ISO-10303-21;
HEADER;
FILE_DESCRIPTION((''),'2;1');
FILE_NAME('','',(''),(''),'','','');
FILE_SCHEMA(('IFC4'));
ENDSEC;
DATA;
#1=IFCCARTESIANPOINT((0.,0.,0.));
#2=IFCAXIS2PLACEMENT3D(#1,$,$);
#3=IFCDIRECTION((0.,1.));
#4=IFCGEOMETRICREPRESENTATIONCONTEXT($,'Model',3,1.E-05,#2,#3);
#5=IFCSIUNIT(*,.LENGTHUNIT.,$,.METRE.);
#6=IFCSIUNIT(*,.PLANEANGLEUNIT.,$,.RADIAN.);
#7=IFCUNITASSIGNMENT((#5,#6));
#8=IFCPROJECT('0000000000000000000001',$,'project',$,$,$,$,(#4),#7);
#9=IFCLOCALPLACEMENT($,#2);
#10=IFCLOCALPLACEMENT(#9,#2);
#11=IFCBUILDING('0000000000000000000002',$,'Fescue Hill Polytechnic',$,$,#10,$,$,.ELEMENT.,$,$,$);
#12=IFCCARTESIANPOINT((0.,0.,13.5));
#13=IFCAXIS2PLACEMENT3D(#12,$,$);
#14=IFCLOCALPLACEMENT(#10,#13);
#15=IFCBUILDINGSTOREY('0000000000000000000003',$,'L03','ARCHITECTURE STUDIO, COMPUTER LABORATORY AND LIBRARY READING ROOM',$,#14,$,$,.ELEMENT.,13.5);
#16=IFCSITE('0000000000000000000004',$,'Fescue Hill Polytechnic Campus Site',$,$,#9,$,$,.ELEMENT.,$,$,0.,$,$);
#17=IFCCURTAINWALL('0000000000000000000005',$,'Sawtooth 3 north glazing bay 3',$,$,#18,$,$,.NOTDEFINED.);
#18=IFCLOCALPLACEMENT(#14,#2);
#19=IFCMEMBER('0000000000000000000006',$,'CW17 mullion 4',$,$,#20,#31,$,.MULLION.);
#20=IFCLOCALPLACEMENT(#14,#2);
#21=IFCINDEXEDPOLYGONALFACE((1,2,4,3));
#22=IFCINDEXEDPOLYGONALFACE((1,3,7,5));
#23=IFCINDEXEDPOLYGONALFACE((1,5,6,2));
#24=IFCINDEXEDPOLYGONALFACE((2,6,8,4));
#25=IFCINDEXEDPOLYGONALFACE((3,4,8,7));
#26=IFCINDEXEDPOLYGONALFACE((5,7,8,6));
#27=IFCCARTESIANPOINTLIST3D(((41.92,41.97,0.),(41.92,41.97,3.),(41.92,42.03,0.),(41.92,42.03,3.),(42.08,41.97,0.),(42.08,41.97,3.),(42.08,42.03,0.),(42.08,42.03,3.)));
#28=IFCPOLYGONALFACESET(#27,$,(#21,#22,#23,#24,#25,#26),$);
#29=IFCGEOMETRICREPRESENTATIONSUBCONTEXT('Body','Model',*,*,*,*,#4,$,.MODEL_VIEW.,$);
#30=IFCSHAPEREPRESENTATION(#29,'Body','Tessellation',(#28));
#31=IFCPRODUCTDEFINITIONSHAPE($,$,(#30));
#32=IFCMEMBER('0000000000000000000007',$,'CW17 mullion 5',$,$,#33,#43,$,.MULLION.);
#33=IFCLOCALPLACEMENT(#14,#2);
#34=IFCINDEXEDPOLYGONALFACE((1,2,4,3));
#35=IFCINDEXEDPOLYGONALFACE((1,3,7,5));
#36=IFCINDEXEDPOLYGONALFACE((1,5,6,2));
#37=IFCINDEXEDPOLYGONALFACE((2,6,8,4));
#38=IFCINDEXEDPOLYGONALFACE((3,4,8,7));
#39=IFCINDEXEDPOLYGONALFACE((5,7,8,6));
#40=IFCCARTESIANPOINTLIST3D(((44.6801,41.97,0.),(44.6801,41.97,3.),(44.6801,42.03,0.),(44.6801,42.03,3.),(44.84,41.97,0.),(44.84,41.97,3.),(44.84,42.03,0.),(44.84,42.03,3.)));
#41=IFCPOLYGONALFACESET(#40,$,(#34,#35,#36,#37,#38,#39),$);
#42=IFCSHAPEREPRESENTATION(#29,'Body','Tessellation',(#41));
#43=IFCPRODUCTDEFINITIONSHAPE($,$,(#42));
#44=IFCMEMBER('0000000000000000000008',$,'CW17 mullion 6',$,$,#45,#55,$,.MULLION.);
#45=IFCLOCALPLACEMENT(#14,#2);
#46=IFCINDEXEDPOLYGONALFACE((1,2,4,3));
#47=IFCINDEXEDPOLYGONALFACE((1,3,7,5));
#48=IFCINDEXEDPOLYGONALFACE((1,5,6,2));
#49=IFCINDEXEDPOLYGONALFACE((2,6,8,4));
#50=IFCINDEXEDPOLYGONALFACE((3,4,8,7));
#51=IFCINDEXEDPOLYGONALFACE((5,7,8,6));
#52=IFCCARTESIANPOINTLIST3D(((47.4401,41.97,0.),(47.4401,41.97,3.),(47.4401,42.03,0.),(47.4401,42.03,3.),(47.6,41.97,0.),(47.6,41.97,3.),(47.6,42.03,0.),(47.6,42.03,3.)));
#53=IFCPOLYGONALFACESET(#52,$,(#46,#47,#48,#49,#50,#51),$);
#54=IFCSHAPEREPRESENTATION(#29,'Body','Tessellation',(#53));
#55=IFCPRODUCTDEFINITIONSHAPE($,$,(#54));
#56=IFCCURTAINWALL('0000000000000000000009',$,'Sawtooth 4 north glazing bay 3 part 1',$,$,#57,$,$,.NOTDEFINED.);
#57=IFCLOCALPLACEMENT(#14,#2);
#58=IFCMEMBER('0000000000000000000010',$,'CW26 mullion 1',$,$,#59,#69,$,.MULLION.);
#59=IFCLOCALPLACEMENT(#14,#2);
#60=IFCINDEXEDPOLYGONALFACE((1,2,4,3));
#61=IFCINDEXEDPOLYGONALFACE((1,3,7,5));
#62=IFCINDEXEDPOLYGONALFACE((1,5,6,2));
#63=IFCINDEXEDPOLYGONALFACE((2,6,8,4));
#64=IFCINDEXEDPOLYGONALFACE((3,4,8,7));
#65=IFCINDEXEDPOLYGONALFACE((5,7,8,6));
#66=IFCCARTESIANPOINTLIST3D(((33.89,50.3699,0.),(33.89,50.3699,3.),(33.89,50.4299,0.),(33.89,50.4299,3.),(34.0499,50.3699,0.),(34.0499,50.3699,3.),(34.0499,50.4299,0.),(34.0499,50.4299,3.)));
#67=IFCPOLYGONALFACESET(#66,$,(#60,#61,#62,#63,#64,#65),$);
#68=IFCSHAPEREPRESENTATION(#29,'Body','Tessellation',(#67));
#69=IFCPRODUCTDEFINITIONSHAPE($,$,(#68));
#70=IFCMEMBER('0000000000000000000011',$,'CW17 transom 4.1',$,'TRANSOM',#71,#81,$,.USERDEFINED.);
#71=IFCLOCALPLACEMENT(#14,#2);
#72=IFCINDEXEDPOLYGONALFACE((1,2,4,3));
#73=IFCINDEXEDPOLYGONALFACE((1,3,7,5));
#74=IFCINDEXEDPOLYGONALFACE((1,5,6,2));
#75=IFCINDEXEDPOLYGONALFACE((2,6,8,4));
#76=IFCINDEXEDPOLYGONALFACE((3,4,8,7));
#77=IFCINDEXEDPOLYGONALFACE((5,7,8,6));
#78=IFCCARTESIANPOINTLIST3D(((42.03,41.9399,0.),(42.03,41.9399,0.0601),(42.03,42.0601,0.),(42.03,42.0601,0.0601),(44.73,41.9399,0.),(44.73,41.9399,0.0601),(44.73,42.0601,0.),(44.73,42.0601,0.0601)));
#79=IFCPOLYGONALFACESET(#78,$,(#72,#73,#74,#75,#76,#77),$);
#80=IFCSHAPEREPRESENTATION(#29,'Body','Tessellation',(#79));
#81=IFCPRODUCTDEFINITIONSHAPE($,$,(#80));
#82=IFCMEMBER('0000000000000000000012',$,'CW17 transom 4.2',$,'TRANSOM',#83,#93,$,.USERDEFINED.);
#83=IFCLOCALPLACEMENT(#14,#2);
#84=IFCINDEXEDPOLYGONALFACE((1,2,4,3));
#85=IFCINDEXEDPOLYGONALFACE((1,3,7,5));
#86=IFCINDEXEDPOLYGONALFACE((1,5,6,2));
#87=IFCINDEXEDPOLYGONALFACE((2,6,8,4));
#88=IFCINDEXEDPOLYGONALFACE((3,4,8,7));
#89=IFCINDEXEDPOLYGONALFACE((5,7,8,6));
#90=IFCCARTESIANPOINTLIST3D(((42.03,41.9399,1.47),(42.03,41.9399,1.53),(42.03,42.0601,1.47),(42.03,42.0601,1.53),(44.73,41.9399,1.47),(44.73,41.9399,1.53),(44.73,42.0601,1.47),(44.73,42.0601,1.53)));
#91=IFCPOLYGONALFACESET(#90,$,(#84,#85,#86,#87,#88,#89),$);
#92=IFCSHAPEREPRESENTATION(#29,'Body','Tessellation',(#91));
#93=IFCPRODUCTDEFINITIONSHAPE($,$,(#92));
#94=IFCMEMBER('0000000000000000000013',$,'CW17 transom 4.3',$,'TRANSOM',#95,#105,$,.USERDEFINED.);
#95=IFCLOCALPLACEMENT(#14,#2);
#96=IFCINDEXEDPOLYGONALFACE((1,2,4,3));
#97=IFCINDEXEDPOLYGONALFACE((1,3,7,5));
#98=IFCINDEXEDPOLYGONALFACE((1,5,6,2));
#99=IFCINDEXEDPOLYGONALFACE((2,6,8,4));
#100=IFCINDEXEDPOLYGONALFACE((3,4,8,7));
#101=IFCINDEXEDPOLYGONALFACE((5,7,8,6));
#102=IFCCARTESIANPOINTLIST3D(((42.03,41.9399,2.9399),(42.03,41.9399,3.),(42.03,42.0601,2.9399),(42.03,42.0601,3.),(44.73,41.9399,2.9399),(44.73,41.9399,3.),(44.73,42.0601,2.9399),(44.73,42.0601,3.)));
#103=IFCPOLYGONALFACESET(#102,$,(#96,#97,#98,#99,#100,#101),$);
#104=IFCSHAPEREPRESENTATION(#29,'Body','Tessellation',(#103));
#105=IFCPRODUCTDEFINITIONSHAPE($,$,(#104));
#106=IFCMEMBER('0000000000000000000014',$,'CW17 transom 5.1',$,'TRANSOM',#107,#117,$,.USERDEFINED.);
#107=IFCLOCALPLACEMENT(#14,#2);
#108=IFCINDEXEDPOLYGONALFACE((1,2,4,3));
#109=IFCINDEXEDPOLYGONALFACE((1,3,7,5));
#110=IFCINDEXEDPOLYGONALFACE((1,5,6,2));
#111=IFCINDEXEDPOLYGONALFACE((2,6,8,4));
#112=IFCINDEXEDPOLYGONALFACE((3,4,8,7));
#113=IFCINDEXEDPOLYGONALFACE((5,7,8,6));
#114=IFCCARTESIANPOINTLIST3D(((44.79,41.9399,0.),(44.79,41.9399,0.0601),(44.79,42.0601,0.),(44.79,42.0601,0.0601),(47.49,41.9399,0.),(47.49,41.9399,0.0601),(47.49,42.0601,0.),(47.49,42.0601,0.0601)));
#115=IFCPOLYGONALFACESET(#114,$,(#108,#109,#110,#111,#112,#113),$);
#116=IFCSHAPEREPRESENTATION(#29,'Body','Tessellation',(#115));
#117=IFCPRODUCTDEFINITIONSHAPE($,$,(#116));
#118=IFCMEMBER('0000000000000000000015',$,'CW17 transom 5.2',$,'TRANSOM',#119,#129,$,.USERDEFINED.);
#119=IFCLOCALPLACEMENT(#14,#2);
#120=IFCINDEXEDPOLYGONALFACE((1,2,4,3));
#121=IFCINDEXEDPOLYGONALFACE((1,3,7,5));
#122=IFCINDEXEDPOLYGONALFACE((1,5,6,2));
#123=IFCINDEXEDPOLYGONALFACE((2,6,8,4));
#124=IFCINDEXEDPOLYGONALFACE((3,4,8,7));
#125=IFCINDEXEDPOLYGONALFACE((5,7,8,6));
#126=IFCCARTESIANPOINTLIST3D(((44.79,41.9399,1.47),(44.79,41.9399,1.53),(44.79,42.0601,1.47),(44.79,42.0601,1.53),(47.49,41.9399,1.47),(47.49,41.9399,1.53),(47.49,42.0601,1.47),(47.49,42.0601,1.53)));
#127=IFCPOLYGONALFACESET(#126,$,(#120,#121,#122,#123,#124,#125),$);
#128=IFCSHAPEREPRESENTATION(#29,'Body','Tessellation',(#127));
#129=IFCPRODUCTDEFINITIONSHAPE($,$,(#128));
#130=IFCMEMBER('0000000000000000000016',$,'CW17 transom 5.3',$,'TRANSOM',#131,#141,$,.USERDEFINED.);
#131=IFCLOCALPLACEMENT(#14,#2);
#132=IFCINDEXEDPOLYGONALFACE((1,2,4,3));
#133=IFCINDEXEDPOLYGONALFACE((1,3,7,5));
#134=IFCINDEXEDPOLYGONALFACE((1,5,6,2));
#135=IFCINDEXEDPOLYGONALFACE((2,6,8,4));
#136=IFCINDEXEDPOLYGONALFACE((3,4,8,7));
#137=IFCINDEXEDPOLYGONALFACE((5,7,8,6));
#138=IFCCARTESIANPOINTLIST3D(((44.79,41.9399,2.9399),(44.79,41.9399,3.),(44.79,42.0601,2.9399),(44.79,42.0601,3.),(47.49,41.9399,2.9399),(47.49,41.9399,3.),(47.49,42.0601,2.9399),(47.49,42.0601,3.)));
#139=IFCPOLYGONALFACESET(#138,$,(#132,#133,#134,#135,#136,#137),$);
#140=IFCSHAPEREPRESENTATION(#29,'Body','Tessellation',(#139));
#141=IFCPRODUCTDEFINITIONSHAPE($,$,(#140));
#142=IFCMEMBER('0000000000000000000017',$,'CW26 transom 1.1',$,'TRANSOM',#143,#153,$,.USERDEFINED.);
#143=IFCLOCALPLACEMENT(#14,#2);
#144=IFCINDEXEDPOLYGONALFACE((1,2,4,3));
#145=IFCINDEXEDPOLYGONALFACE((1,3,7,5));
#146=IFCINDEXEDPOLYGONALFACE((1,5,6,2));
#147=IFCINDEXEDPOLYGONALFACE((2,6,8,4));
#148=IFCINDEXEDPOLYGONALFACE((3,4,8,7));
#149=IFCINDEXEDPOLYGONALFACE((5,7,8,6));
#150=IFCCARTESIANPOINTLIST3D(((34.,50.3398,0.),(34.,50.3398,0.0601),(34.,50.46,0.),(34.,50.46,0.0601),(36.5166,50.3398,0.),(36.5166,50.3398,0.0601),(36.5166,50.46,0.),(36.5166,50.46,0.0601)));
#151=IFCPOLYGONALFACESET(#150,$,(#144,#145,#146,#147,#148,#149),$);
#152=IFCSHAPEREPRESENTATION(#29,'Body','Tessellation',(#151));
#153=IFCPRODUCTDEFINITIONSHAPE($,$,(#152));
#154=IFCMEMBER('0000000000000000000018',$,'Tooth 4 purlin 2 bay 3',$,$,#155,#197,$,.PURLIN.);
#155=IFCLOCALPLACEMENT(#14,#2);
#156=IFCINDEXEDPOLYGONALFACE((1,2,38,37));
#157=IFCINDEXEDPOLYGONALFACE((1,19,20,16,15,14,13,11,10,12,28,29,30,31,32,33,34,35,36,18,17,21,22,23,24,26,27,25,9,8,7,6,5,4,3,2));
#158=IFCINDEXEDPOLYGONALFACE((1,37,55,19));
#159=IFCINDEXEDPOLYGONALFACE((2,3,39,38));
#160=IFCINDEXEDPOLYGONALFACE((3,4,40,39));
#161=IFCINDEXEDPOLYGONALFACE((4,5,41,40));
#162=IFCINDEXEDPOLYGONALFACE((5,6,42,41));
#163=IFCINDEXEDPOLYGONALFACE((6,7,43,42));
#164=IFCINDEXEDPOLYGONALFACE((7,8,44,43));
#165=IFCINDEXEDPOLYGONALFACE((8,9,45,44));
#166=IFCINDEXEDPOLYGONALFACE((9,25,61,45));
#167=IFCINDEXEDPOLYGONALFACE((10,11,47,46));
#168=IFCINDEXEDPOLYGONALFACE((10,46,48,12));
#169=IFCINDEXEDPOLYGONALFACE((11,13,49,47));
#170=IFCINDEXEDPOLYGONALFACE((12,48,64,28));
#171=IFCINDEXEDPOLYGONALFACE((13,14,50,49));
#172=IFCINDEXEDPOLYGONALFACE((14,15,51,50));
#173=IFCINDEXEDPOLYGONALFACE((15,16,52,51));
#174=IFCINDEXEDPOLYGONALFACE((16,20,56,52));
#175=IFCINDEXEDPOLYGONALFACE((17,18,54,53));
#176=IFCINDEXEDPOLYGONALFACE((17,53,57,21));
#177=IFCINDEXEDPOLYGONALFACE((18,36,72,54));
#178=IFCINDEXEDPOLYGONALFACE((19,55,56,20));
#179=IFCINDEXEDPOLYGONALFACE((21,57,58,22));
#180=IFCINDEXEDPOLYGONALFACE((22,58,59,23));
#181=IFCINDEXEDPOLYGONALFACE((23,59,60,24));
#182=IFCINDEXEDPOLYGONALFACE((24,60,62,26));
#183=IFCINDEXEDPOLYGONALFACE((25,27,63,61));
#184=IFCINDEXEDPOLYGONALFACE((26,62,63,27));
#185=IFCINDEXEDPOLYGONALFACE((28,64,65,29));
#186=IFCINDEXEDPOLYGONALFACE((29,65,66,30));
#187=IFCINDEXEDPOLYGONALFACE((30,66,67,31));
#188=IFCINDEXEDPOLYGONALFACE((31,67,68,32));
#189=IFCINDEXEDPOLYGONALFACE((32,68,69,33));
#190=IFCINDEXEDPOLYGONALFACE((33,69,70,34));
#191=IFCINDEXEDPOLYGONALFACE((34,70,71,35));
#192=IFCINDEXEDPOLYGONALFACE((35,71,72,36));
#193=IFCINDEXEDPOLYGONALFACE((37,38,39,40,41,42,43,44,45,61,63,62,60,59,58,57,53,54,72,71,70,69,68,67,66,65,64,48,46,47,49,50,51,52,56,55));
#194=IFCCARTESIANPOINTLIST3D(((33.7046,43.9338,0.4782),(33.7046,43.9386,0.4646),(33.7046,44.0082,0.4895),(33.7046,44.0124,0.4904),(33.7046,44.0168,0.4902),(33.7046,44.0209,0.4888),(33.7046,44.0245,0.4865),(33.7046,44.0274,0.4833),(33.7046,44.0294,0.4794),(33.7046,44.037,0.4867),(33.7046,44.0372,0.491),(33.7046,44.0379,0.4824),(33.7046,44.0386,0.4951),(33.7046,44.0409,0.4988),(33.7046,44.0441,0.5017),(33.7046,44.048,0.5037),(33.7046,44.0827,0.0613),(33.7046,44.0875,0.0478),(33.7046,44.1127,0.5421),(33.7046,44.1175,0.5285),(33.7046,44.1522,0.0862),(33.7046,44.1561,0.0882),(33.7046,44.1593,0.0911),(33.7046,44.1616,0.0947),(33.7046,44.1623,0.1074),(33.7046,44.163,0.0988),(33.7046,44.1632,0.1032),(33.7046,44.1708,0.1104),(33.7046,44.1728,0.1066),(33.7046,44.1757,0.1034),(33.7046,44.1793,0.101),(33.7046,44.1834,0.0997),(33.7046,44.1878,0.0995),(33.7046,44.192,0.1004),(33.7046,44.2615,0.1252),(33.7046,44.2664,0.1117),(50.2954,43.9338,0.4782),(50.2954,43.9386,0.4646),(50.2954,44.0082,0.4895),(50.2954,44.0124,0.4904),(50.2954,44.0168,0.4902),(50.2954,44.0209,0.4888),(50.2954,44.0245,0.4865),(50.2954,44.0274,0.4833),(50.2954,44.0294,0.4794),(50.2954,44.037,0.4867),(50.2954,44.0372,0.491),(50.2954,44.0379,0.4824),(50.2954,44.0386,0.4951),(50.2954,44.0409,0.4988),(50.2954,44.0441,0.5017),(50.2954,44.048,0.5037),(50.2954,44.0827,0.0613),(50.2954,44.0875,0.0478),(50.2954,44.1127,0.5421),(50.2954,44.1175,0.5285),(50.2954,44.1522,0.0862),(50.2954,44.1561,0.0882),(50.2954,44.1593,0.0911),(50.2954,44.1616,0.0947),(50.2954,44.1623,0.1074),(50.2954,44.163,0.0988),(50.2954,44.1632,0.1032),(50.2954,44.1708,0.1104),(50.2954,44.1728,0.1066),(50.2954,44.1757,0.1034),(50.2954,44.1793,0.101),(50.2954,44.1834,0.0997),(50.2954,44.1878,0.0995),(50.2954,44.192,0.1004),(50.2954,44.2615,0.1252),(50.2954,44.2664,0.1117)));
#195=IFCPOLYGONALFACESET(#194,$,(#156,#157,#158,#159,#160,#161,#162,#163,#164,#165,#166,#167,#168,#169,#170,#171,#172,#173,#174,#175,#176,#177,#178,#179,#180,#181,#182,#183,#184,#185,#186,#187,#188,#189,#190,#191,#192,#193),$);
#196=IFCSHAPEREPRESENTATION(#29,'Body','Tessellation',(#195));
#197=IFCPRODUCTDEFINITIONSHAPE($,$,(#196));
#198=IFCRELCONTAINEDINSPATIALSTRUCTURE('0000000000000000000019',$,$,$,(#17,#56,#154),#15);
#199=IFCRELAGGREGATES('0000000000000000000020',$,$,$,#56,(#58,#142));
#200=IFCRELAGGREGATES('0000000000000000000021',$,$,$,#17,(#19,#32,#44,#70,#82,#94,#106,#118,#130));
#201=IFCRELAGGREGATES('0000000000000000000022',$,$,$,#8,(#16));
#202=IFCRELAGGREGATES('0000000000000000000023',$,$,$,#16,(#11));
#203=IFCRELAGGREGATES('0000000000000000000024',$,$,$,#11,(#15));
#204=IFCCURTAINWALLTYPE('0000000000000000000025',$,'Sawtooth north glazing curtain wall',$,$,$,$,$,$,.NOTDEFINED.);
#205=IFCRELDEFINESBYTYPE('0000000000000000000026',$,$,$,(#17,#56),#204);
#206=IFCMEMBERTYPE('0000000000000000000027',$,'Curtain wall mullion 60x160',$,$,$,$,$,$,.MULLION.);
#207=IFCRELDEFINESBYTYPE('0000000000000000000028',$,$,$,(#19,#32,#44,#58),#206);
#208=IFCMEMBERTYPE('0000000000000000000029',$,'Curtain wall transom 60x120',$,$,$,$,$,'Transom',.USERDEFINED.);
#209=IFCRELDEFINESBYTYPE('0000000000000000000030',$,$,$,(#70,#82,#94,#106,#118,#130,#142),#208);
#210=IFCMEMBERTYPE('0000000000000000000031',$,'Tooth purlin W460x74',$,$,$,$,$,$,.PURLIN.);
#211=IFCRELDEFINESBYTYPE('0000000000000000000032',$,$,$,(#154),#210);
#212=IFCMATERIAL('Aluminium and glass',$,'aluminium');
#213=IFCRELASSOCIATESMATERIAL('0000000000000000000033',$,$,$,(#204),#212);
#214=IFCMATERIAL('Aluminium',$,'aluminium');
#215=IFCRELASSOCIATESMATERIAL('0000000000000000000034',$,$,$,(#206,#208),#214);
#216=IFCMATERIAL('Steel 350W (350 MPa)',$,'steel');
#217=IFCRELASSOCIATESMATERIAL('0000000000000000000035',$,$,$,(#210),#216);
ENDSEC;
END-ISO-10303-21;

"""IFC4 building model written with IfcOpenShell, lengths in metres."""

from ifc_helpers import new_model, si_unit, direction, frame, origin, origin_2d, place, context, subcontext, project, spatial, rectangle, i_section, extrude, material, material_profile, profile_set, type_object, element, aggregate, save


model = new_model("IFC4")

# Units and contexts
model_context = context("Model", 3, precision=1e-05, world=origin(), true_north=direction((0.0, 1.0)))
body_context = subcontext(model_context, "Body", "Model", "MODEL_VIEW")
ifc_project = project(units=[si_unit("LENGTHUNIT", "METRE"), si_unit("PLANEANGLEUNIT", "RADIAN")], contexts=[model_context])

# Site, building, storey
site_placement = place(None, origin())
site = spatial("IfcSite", under=ifc_project, at=site_placement, Name="Fescue Hill Polytechnic Campus Site", CompositionType="ELEMENT", RefElevation=0.0)
building_placement = place(site_placement, origin())
building = spatial("IfcBuilding", under=site, at=building_placement, Name="Fescue Hill Polytechnic", CompositionType="ELEMENT")
storey_placement = place(building_placement, frame((0.0, 0.0, 13.5)))
storey = spatial("IfcBuildingStorey", under=building, at=storey_placement, Name="L03", Description="ARCHITECTURE STUDIO, COMPUTER LABORATORY AND LIBRARY READING ROOM", CompositionType="ELEMENT", Elevation=13.5)

# Curtain wall, members
ifc_material_1 = material(Name="Aluminium and glass", Category="aluminium")
curtain_wall_type = type_object("IfcCurtainWallType", Name="Sawtooth north glazing curtain wall", PredefinedType="NOTDEFINED", material=ifc_material_1)
curtain_wall_1_placement = place(storey_placement, origin())
curtain_wall_1 = element("IfcCurtainWall", 1, at=curtain_wall_1_placement, inside=storey, type_object=curtain_wall_type, Name="Sawtooth 3 north glazing bay 3", PredefinedType="NOTDEFINED")
ifc_material_2 = material(Name="Aluminium", Category="aluminium")
ifc_material_profile_1 = material_profile(ifc_material_2, rectangle(XDim=0.0601, YDim=0.1599, at=origin_2d()), Name="Curtain wall mullion 60x160")
ifc_profile_set_1 = profile_set([ifc_material_profile_1], Name="Aluminium")
member_type_1 = type_object("IfcMemberType", Name="Curtain wall mullion 60x160", PredefinedType="MULLION", material=ifc_profile_set_1)
member_1_placement = place(storey_placement, frame((42.0, 42.0, 0.0), z_axis=(0.0, 0.0, 1.0), x_axis=(0.0, 1.0, 0.0)))
member_1 = element("IfcMember", 2, at=member_1_placement, type_object=member_type_1, Name="CW17 mullion 4", PredefinedType="MULLION", context=body_context, shape_type="SweptSolid", body=[
    extrude(rectangle(XDim=0.0601, YDim=0.1599, at=origin_2d()), origin(), (0.0, 0.0, 1.0), 3.0),
])
member_2_placement = place(storey_placement, frame((44.76, 42.0, 0.0), z_axis=(0.0, 0.0, 1.0), x_axis=(0.0, 1.0, 0.0)))
member_2 = element("IfcMember", 3, at=member_2_placement, type_object=member_type_1, Name="CW17 mullion 5", PredefinedType="MULLION", context=body_context, shape_type="SweptSolid", body=[
    extrude(rectangle(XDim=0.0601, YDim=0.1599, at=origin_2d()), origin(), (0.0, 0.0, 1.0), 3.0),
])
member_3_placement = place(storey_placement, frame((47.52, 42.0, 0.0), z_axis=(0.0, 0.0, 1.0), x_axis=(0.0, 1.0, 0.0)))
member_3 = element("IfcMember", 4, at=member_3_placement, type_object=member_type_1, Name="CW17 mullion 6", PredefinedType="MULLION", context=body_context, shape_type="SweptSolid", body=[
    extrude(rectangle(XDim=0.0601, YDim=0.1599, at=origin_2d()), origin(), (0.0, 0.0, 1.0), 3.0),
])

# Curtain wall, member
curtain_wall_2_placement = place(storey_placement, origin())
curtain_wall_2 = element("IfcCurtainWall", 5, at=curtain_wall_2_placement, inside=storey, type_object=curtain_wall_type, Name="Sawtooth 4 north glazing bay 3 part 1", PredefinedType="NOTDEFINED")
member_4_placement = place(storey_placement, frame((33.97, 50.3999, 0.0), z_axis=(0.0, 0.0, 1.0), x_axis=(0.0, 1.0, 0.0)))
member_4 = element("IfcMember", 6, at=member_4_placement, type_object=member_type_1, Name="CW26 mullion 1", PredefinedType="MULLION", context=body_context, shape_type="SweptSolid", body=[
    extrude(rectangle(XDim=0.0601, YDim=0.1599, at=origin_2d()), origin(), (0.0, 0.0, 1.0), 3.0),
])

# Members
ifc_material_profile_2 = material_profile(ifc_material_2, rectangle(XDim=0.1201, YDim=0.0601, at=origin_2d()), Name="Curtain wall transom 60x120")
ifc_profile_set_2 = profile_set([ifc_material_profile_2], Name="Aluminium")
member_type_2 = type_object("IfcMemberType", Name="Curtain wall transom 60x120", ElementType="Transom", PredefinedType="USERDEFINED", material=ifc_profile_set_2)
member_5_placement = place(storey_placement, frame((42.03, 42.0, 0.03), z_axis=(1.0, 0.0, 0.0), x_axis=(0.0, 1.0, 0.0)))
member_5 = element("IfcMember", 7, at=member_5_placement, type_object=member_type_2, Name="CW17 transom 4.1", ObjectType="TRANSOM", PredefinedType="USERDEFINED", context=body_context, shape_type="SweptSolid", body=[
    extrude(rectangle(XDim=0.1201, YDim=0.0601, at=origin_2d()), origin(), (0.0, 0.0, 1.0), 2.7),
])
member_6_placement = place(storey_placement, frame((42.03, 42.0, 1.5), z_axis=(1.0, 0.0, 0.0), x_axis=(0.0, 1.0, 0.0)))
member_6 = element("IfcMember", 8, at=member_6_placement, type_object=member_type_2, Name="CW17 transom 4.2", ObjectType="TRANSOM", PredefinedType="USERDEFINED", context=body_context, shape_type="SweptSolid", body=[
    extrude(rectangle(XDim=0.1201, YDim=0.0601, at=origin_2d()), origin(), (0.0, 0.0, 1.0), 2.7),
])
member_7_placement = place(storey_placement, frame((42.03, 42.0, 2.97), z_axis=(1.0, 0.0, 0.0), x_axis=(0.0, 1.0, 0.0)))
member_7 = element("IfcMember", 9, at=member_7_placement, type_object=member_type_2, Name="CW17 transom 4.3", ObjectType="TRANSOM", PredefinedType="USERDEFINED", context=body_context, shape_type="SweptSolid", body=[
    extrude(rectangle(XDim=0.1201, YDim=0.0601, at=origin_2d()), origin(), (0.0, 0.0, 1.0), 2.7),
])
member_8_placement = place(storey_placement, frame((44.79, 42.0, 0.03), z_axis=(1.0, 0.0, 0.0), x_axis=(0.0, 1.0, 0.0)))
member_8 = element("IfcMember", 10, at=member_8_placement, type_object=member_type_2, Name="CW17 transom 5.1", ObjectType="TRANSOM", PredefinedType="USERDEFINED", context=body_context, shape_type="SweptSolid", body=[
    extrude(rectangle(XDim=0.1201, YDim=0.0601, at=origin_2d()), origin(), (0.0, 0.0, 1.0), 2.7),
])
member_9_placement = place(storey_placement, frame((44.79, 42.0, 1.5), z_axis=(1.0, 0.0, 0.0), x_axis=(0.0, 1.0, 0.0)))
member_9 = element("IfcMember", 11, at=member_9_placement, type_object=member_type_2, Name="CW17 transom 5.2", ObjectType="TRANSOM", PredefinedType="USERDEFINED", context=body_context, shape_type="SweptSolid", body=[
    extrude(rectangle(XDim=0.1201, YDim=0.0601, at=origin_2d()), origin(), (0.0, 0.0, 1.0), 2.7),
])
member_10_placement = place(storey_placement, frame((44.79, 42.0, 2.97), z_axis=(1.0, 0.0, 0.0), x_axis=(0.0, 1.0, 0.0)))
member_10 = element("IfcMember", 12, at=member_10_placement, type_object=member_type_2, Name="CW17 transom 5.3", ObjectType="TRANSOM", PredefinedType="USERDEFINED", context=body_context, shape_type="SweptSolid", body=[
    extrude(rectangle(XDim=0.1201, YDim=0.0601, at=origin_2d()), origin(), (0.0, 0.0, 1.0), 2.7),
])
member_11_placement = place(storey_placement, frame((34.0, 50.3999, 0.03), z_axis=(1.0, 0.0, 0.0), x_axis=(0.0, 1.0, 0.0)))
member_11 = element("IfcMember", 13, at=member_11_placement, type_object=member_type_2, Name="CW26 transom 1.1", ObjectType="TRANSOM", PredefinedType="USERDEFINED", context=body_context, shape_type="SweptSolid", body=[
    extrude(rectangle(XDim=0.1201, YDim=0.0601, at=origin_2d()), origin(), (0.0, 0.0, 1.0), 2.5166),
])
aggregate(curtain_wall_2, [member_4, member_11])

# Member
ifc_material_3 = material(Name="Steel 350W (350 MPa)", Category="steel")
ifc_material_profile_3 = material_profile(ifc_material_3, i_section(OverallWidth=0.1899, OverallDepth=0.457, WebThickness=0.009, FlangeThickness=0.0144, FilletRadius=0.0166, at=origin_2d()), Name="W460x74")
ifc_profile_set_3 = profile_set([ifc_material_profile_3], Name="Steel 350W (350 MPa)")
member_type_3 = type_object("IfcMemberType", Name="Tooth purlin W460x74", PredefinedType="PURLIN", material=ifc_profile_set_3)
for number, where, z_axis, x_axis, name in (
    (14, (33.7046, 44.1001, 0.2949), (1.0, 0.0, 0.0), (0.0, 0.941742, 0.336336), "Tooth 4 purlin 2 bay 3"),
):
    element("IfcMember", number, at=place(storey_placement, frame(where, z_axis=z_axis, x_axis=x_axis)), inside=storey, type_object=member_type_3, Name=name, PredefinedType="PURLIN", context=body_context, shape_type="SweptSolid", body=[
        extrude(i_section(OverallWidth=0.1899, OverallDepth=0.457, WebThickness=0.009, FlangeThickness=0.0144, FilletRadius=0.0166, at=origin_2d()), origin(), (0.0, 0.0, 1.0), 16.5908),
    ])

aggregate(curtain_wall_1, [member_1, member_2, member_3, member_5, member_6, member_7, member_8, member_9, member_10])

save(model, "model.ifc")
